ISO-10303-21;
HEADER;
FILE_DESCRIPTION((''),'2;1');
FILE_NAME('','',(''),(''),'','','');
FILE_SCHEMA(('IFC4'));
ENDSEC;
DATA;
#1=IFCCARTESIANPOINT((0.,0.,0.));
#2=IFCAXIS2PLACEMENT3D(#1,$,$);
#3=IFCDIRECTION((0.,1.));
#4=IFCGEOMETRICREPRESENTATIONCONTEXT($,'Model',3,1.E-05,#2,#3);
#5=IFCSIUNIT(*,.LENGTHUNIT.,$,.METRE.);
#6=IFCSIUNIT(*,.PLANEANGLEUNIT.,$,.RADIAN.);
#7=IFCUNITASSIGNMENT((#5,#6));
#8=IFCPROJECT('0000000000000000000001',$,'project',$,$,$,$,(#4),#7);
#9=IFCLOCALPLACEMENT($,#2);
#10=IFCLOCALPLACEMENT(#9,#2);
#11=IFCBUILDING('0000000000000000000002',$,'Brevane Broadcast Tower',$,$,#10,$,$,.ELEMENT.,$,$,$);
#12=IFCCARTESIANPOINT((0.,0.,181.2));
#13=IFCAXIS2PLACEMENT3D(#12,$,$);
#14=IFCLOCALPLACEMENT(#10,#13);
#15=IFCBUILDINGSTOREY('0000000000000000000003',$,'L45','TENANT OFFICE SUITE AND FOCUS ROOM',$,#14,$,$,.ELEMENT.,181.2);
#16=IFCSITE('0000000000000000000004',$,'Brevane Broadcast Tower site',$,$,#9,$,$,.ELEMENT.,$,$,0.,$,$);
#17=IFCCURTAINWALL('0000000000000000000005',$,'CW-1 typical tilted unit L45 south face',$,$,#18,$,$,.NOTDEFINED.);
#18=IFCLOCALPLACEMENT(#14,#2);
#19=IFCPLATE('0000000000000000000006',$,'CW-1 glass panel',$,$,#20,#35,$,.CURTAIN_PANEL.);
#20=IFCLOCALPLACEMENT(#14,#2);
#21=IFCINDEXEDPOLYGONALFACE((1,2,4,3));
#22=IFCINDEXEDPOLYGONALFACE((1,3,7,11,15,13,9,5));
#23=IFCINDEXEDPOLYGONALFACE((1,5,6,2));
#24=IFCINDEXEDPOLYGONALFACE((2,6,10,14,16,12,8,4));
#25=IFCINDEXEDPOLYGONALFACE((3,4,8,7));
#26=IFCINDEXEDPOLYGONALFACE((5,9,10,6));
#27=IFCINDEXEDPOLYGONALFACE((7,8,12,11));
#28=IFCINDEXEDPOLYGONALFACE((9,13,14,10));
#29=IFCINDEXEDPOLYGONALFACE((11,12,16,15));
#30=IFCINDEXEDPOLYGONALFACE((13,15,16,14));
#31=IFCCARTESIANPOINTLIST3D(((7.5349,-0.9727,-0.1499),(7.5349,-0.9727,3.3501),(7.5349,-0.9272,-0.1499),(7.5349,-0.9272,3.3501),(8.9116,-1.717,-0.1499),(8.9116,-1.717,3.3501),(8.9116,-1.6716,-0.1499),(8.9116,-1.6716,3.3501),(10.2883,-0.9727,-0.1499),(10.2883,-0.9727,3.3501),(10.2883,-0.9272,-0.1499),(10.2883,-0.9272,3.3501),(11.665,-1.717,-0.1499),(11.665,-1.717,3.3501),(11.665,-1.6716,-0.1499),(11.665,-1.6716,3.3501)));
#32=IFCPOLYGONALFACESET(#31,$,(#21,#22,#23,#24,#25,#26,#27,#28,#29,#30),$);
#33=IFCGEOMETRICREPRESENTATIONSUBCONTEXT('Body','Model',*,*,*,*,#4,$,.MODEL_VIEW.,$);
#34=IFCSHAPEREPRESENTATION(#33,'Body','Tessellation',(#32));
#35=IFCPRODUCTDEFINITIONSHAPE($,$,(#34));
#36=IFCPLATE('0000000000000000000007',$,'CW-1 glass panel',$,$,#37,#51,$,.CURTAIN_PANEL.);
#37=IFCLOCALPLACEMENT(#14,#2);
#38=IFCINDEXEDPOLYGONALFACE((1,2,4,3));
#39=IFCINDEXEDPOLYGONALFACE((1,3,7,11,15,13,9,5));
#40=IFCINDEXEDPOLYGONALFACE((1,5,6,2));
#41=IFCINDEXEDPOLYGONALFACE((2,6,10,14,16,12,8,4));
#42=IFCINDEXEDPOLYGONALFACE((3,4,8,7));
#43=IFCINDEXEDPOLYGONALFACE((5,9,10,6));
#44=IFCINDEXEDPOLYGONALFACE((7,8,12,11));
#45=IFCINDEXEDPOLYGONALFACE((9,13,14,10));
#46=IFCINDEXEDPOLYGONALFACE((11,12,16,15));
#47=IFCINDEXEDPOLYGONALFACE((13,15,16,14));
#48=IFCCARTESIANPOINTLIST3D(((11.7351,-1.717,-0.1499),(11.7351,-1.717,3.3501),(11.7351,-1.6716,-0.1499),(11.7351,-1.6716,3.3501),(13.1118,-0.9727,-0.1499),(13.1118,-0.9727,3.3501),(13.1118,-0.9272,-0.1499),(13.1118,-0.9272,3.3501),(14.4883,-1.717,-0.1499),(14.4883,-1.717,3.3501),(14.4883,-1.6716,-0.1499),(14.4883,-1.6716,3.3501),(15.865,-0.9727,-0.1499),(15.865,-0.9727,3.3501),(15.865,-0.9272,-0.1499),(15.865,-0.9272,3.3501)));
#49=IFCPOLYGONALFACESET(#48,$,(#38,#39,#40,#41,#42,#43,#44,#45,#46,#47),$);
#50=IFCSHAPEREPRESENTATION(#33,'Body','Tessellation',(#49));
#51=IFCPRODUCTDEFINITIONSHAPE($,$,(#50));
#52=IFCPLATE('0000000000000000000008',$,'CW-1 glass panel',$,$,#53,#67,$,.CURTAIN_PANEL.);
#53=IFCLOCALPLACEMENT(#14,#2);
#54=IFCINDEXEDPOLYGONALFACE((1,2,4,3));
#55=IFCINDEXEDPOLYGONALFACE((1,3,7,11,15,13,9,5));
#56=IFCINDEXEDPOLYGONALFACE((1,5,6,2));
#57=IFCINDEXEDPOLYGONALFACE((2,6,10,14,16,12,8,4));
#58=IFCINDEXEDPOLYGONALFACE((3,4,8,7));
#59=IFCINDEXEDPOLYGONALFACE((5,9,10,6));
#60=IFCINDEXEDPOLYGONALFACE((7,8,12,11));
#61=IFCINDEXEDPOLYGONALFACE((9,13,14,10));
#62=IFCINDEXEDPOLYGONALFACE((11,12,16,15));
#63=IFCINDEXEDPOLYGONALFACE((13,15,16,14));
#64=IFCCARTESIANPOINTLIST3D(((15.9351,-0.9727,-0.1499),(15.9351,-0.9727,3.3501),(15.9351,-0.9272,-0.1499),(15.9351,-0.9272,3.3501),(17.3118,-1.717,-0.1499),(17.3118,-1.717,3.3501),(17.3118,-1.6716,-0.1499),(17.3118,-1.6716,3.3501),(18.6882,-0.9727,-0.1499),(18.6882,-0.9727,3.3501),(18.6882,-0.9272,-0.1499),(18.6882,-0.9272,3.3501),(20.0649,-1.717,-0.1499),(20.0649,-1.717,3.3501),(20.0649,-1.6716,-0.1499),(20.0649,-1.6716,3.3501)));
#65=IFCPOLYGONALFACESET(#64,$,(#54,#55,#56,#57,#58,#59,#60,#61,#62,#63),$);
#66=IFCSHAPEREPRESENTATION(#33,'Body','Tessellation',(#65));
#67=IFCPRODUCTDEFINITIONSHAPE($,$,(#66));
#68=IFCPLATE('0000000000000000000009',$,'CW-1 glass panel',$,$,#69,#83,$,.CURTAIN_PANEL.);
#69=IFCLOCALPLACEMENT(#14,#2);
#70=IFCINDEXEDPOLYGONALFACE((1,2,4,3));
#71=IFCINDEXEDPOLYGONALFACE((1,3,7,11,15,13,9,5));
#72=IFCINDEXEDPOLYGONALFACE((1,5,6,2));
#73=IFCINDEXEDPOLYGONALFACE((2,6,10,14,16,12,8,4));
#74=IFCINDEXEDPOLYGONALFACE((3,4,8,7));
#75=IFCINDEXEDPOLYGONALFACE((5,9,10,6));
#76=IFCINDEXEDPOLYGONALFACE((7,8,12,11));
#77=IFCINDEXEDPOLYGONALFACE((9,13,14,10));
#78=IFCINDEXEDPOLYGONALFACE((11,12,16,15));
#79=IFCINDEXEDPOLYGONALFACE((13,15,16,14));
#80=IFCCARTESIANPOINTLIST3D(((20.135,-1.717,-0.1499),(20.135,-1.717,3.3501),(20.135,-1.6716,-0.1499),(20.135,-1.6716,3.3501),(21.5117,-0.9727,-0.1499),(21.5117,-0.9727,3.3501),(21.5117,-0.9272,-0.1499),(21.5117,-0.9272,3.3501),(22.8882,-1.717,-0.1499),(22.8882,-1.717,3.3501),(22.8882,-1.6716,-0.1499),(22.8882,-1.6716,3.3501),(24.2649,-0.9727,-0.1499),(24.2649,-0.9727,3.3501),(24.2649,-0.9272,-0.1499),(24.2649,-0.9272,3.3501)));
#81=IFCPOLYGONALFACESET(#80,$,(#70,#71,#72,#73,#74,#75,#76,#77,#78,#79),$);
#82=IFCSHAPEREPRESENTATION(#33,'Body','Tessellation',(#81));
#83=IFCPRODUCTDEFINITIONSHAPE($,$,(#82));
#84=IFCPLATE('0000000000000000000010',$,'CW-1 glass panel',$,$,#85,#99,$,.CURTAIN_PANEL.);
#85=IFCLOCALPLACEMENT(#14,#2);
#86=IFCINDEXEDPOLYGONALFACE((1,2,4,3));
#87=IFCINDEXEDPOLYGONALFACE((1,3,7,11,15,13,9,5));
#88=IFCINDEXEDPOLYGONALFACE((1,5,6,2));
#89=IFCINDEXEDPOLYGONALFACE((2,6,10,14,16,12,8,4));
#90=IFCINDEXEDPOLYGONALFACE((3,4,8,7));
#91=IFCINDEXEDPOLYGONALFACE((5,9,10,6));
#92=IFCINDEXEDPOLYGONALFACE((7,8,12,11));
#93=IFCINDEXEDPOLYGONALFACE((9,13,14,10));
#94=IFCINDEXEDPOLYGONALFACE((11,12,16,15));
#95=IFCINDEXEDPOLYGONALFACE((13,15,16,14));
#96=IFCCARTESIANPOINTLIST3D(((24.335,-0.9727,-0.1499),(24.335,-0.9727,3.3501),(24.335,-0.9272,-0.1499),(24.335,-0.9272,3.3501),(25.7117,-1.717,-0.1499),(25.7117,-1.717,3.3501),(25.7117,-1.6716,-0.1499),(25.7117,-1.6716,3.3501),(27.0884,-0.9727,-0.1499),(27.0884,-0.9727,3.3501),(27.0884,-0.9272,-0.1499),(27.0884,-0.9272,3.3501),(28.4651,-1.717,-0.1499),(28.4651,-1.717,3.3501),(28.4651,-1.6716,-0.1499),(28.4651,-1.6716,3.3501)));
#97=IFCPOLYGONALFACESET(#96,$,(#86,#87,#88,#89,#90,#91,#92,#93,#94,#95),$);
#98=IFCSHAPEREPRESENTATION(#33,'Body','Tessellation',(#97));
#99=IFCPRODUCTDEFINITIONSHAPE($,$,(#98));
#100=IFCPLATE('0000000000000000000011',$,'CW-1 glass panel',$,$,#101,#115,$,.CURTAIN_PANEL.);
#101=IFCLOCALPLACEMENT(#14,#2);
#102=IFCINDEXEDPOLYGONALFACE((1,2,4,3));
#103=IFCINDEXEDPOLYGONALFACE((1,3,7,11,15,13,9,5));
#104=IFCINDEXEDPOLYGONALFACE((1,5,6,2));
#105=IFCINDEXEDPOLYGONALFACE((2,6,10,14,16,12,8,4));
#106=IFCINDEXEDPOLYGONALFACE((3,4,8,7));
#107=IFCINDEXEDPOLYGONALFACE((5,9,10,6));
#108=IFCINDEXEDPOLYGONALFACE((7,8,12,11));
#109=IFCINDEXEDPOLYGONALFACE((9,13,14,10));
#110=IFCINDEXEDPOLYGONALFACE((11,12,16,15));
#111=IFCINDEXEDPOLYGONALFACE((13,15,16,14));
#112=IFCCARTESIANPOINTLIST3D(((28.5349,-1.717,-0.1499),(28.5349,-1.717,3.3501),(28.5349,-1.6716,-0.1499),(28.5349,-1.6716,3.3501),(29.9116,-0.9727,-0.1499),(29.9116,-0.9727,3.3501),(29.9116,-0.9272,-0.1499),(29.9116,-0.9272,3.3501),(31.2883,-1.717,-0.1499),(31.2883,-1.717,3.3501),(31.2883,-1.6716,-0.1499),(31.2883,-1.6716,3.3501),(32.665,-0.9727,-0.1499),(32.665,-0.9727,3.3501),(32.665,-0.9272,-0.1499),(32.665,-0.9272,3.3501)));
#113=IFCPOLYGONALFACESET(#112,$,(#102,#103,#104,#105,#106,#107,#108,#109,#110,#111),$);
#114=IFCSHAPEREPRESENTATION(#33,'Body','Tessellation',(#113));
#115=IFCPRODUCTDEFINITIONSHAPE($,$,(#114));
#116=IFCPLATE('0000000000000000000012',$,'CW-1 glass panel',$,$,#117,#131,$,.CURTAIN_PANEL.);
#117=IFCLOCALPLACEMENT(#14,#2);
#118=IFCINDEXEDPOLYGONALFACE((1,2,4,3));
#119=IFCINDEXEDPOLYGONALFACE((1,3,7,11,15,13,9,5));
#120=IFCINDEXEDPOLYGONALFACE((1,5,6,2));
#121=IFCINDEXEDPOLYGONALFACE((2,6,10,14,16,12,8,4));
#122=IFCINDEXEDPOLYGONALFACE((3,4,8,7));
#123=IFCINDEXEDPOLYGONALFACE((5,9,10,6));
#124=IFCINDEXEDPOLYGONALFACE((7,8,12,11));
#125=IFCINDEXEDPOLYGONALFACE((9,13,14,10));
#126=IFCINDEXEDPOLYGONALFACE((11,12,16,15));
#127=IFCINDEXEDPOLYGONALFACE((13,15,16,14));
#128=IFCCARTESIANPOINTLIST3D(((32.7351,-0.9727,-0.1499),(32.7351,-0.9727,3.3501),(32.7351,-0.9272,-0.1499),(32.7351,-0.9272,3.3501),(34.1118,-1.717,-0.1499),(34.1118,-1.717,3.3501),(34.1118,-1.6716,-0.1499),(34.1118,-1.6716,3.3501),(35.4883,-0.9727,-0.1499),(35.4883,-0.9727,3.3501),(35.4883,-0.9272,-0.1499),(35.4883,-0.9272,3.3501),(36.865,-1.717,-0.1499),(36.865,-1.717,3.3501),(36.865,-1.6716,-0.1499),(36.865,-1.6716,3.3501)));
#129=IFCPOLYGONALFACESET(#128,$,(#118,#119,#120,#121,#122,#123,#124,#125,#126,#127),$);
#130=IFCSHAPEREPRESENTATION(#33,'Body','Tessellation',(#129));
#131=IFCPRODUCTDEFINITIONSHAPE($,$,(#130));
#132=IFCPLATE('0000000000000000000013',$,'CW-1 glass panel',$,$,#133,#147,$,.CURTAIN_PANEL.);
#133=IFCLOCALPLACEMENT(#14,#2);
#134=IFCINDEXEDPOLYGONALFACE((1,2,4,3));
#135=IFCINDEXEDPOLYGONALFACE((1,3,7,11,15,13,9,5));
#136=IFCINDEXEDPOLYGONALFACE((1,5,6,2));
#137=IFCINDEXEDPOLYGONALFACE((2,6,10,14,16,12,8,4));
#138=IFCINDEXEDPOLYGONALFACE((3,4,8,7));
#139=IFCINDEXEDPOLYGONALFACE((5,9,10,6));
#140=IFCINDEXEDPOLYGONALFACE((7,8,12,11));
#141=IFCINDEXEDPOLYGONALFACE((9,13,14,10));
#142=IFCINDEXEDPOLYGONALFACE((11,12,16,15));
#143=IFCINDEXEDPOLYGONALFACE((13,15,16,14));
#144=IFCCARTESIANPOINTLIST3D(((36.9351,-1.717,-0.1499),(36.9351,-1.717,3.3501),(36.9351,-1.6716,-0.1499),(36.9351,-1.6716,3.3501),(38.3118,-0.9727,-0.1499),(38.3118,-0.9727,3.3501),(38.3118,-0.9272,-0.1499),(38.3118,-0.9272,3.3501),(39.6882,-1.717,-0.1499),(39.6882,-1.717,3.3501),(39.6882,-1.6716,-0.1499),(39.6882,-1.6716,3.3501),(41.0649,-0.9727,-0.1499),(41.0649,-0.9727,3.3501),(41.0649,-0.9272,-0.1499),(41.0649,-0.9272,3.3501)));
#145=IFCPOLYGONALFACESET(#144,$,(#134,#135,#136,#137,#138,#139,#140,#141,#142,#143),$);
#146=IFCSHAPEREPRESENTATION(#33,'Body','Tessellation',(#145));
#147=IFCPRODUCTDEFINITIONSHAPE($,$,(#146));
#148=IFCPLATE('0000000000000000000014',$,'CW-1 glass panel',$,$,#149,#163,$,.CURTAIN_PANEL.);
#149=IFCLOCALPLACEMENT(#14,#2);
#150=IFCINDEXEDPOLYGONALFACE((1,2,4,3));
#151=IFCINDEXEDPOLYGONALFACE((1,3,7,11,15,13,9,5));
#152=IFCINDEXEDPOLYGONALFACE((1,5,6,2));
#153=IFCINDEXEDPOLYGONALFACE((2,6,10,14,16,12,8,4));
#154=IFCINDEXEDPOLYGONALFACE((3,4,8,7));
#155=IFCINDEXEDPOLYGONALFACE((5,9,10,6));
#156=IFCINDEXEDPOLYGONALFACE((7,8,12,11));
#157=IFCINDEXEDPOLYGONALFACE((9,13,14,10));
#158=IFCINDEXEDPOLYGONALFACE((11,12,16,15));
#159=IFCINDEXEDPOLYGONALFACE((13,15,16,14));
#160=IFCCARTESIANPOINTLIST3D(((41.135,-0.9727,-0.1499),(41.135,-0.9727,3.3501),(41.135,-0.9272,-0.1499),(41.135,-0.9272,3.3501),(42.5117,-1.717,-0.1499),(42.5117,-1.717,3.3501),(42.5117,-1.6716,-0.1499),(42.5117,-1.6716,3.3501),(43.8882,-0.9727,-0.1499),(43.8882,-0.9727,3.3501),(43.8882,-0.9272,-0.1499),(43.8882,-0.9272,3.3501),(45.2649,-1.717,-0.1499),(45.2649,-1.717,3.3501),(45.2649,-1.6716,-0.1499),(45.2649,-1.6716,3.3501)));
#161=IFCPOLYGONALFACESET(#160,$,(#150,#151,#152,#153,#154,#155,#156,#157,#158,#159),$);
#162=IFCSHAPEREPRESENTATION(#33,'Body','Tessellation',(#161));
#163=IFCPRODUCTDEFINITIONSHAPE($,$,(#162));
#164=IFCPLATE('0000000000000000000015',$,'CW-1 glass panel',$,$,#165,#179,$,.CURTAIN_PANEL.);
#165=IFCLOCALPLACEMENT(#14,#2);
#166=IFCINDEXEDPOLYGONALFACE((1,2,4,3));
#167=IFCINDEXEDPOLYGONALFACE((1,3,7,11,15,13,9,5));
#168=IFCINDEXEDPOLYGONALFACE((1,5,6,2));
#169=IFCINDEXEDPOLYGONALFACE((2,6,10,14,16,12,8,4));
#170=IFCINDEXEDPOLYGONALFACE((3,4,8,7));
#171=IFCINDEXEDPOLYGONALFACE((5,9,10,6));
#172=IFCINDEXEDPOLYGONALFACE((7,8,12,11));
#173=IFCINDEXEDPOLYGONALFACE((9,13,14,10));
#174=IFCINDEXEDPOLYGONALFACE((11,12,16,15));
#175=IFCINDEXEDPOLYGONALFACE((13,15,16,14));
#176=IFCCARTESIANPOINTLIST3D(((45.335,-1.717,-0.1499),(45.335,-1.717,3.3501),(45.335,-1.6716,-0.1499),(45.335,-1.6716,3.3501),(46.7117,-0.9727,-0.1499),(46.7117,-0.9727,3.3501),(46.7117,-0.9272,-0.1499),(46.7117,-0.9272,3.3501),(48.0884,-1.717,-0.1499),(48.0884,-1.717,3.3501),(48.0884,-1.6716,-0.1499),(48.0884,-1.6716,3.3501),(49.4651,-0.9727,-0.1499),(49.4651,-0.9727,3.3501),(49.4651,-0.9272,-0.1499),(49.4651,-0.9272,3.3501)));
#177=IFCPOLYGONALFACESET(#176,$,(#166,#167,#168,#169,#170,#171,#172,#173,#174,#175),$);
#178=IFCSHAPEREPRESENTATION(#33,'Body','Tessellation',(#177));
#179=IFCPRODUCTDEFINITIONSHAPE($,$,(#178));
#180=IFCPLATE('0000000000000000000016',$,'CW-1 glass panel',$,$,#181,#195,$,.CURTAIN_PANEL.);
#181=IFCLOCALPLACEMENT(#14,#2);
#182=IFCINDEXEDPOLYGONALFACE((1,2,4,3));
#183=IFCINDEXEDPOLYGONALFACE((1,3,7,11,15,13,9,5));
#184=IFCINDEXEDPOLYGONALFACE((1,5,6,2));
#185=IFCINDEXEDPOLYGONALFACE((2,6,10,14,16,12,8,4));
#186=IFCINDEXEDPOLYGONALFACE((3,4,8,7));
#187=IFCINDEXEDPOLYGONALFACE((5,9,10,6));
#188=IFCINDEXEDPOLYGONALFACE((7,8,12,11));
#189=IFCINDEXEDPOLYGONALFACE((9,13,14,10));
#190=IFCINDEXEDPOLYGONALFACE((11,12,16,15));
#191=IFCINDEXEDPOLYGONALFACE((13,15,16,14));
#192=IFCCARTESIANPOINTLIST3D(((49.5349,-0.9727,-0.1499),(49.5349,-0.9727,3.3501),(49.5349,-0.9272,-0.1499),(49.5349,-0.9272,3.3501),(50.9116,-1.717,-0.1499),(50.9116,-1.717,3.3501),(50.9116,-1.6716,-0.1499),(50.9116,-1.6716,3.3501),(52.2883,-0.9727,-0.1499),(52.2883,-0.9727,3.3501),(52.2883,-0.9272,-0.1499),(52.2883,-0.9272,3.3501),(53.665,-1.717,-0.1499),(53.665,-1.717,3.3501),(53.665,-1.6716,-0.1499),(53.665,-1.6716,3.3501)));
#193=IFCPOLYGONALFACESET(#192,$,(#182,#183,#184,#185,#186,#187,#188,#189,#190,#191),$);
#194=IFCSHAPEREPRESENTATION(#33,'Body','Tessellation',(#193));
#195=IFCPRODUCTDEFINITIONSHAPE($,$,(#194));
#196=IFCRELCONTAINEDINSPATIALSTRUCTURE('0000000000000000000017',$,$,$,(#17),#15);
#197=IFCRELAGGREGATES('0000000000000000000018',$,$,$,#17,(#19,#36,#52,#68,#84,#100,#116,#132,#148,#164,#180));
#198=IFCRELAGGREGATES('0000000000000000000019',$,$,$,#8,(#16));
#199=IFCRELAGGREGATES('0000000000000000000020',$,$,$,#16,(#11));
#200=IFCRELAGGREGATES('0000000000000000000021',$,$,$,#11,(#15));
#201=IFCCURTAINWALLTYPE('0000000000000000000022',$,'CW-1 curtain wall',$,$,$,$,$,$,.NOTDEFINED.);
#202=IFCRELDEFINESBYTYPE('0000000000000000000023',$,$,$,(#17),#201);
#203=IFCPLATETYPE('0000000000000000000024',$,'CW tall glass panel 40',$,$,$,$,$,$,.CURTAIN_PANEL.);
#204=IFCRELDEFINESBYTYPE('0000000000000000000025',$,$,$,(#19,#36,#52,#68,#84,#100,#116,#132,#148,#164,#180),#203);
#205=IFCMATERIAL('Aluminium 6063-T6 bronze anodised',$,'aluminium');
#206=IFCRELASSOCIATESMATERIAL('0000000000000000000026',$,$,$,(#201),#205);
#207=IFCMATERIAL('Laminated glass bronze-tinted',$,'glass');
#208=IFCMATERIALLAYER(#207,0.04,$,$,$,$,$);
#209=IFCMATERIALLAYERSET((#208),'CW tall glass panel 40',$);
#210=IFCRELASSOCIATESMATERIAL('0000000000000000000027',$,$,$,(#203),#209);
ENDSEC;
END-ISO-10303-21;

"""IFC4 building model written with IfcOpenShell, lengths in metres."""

from ifc_helpers import new_model, si_unit, direction, frame, origin, place, context, subcontext, project, spatial, polyline, outline, extrude, material, layer, layer_set, type_object, element, aggregate, save


model = new_model("IFC4")

# Units and contexts
model_context = context("Model", 3, precision=1e-05, world=origin(), true_north=direction((0.0, 1.0)))
body_context = subcontext(model_context, "Body", "Model", "MODEL_VIEW")
ifc_project = project(units=[si_unit("LENGTHUNIT", "METRE"), si_unit("PLANEANGLEUNIT", "RADIAN")], contexts=[model_context])

# Site, building, storey
site_placement = place(None, origin())
site = spatial("IfcSite", under=ifc_project, at=site_placement, Name="Brevane Broadcast Tower site", CompositionType="ELEMENT", RefElevation=0.0)
building_placement = place(site_placement, origin())
building = spatial("IfcBuilding", under=site, at=building_placement, Name="Brevane Broadcast Tower", CompositionType="ELEMENT")
storey_placement = place(building_placement, frame((0.0, 0.0, 181.2)))
storey = spatial("IfcBuildingStorey", under=building, at=storey_placement, Name="L45", Description="TENANT OFFICE SUITE AND FOCUS ROOM", CompositionType="ELEMENT", Elevation=181.2)

# Curtain wall, plates
ifc_material_1 = material(Name="Aluminium 6063-T6 bronze anodised", Category="aluminium")
curtain_wall_type = type_object("IfcCurtainWallType", Name="CW-1 curtain wall", PredefinedType="NOTDEFINED", material=ifc_material_1)
curtain_wall_1_placement = place(storey_placement, origin())
curtain_wall_1 = element("IfcCurtainWall", 1, at=curtain_wall_1_placement, inside=storey, type_object=curtain_wall_type, Name="CW-1 typical tilted unit L45 south face", PredefinedType="NOTDEFINED")
ifc_material_2 = material(Name="Laminated glass bronze-tinted", Category="glass")
ifc_layer = layer(ifc_material_2, 0.04)
ifc_layer_set = layer_set([ifc_layer], Name="CW tall glass panel 40")
plate_type = type_object("IfcPlateType", Name="CW tall glass panel 40", PredefinedType="CURTAIN_PANEL", material=ifc_layer_set)
plate_1_placement = place(storey_placement, frame((0.0, 0.0, -0.1499)))
plate_1 = element("IfcPlate", 2, at=plate_1_placement, type_object=plate_type, Name="CW-1 glass panel", PredefinedType="CURTAIN_PANEL", context=body_context, shape_type="SweptSolid", body=[
    extrude(outline(polyline([(7.5349, -0.9272), (7.5349, -0.9727), (8.9116, -1.717), (10.2883, -0.9727), (11.665, -1.717), (11.665, -1.6716), (10.2883, -0.9272), (8.9116, -1.6716), (7.5349, -0.9272)])), origin(), (0.0, 0.0, 1.0), 3.5),
])
plate_2_placement = place(storey_placement, frame((0.0, 0.0, -0.1499)))
plate_2 = element("IfcPlate", 3, at=plate_2_placement, type_object=plate_type, Name="CW-1 glass panel", PredefinedType="CURTAIN_PANEL", context=body_context, shape_type="SweptSolid", body=[
    extrude(outline(polyline([(11.7351, -1.6716), (11.7351, -1.717), (13.1118, -0.9727), (14.4883, -1.717), (15.865, -0.9727), (15.865, -0.9272), (14.4883, -1.6716), (13.1118, -0.9272), (11.7351, -1.6716)])), origin(), (0.0, 0.0, 1.0), 3.5),
])
plate_3_placement = place(storey_placement, frame((0.0, 0.0, -0.1499)))
plate_3 = element("IfcPlate", 4, at=plate_3_placement, type_object=plate_type, Name="CW-1 glass panel", PredefinedType="CURTAIN_PANEL", context=body_context, shape_type="SweptSolid", body=[
    extrude(outline(polyline([(15.9351, -0.9272), (15.9351, -0.9727), (17.3118, -1.717), (18.6882, -0.9727), (20.0649, -1.717), (20.0649, -1.6716), (18.6882, -0.9272), (17.3118, -1.6716), (15.9351, -0.9272)])), origin(), (0.0, 0.0, 1.0), 3.5),
])
plate_4_placement = place(storey_placement, frame((0.0, 0.0, -0.1499)))
plate_4 = element("IfcPlate", 5, at=plate_4_placement, type_object=plate_type, Name="CW-1 glass panel", PredefinedType="CURTAIN_PANEL", context=body_context, shape_type="SweptSolid", body=[
    extrude(outline(polyline([(20.135, -1.6716), (20.135, -1.717), (21.5117, -0.9727), (22.8882, -1.717), (24.2649, -0.9727), (24.2649, -0.9272), (22.8882, -1.6716), (21.5117, -0.9272), (20.135, -1.6716)])), origin(), (0.0, 0.0, 1.0), 3.5),
])
plate_5_placement = place(storey_placement, frame((0.0, 0.0, -0.1499)))
plate_5 = element("IfcPlate", 6, at=plate_5_placement, type_object=plate_type, Name="CW-1 glass panel", PredefinedType="CURTAIN_PANEL", context=body_context, shape_type="SweptSolid", body=[
    extrude(outline(polyline([(24.335, -0.9272), (24.335, -0.9727), (25.7117, -1.717), (27.0884, -0.9727), (28.4651, -1.717), (28.4651, -1.6716), (27.0884, -0.9272), (25.7117, -1.6716), (24.335, -0.9272)])), origin(), (0.0, 0.0, 1.0), 3.5),
])
plate_6_placement = place(storey_placement, frame((0.0, 0.0, -0.1499)))
plate_6 = element("IfcPlate", 7, at=plate_6_placement, type_object=plate_type, Name="CW-1 glass panel", PredefinedType="CURTAIN_PANEL", context=body_context, shape_type="SweptSolid", body=[
    extrude(outline(polyline([(28.5349, -1.6716), (28.5349, -1.717), (29.9116, -0.9727), (31.2883, -1.717), (32.665, -0.9727), (32.665, -0.9272), (31.2883, -1.6716), (29.9116, -0.9272), (28.5349, -1.6716)])), origin(), (0.0, 0.0, 1.0), 3.5),
])
plate_7_placement = place(storey_placement, frame((0.0, 0.0, -0.1499)))
plate_7 = element("IfcPlate", 8, at=plate_7_placement, type_object=plate_type, Name="CW-1 glass panel", PredefinedType="CURTAIN_PANEL", context=body_context, shape_type="SweptSolid", body=[
    extrude(outline(polyline([(32.7351, -0.9272), (32.7351, -0.9727), (34.1118, -1.717), (35.4883, -0.9727), (36.865, -1.717), (36.865, -1.6716), (35.4883, -0.9272), (34.1118, -1.6716), (32.7351, -0.9272)])), origin(), (0.0, 0.0, 1.0), 3.5),
])
plate_8_placement = place(storey_placement, frame((0.0, 0.0, -0.1499)))
plate_8 = element("IfcPlate", 9, at=plate_8_placement, type_object=plate_type, Name="CW-1 glass panel", PredefinedType="CURTAIN_PANEL", context=body_context, shape_type="SweptSolid", body=[
    extrude(outline(polyline([(36.9351, -1.6716), (36.9351, -1.717), (38.3118, -0.9727), (39.6882, -1.717), (41.0649, -0.9727), (41.0649, -0.9272), (39.6882, -1.6716), (38.3118, -0.9272), (36.9351, -1.6716)])), origin(), (0.0, 0.0, 1.0), 3.5),
])
plate_9_placement = place(storey_placement, frame((0.0, 0.0, -0.1499)))
plate_9 = element("IfcPlate", 10, at=plate_9_placement, type_object=plate_type, Name="CW-1 glass panel", PredefinedType="CURTAIN_PANEL", context=body_context, shape_type="SweptSolid", body=[
    extrude(outline(polyline([(41.135, -0.9272), (41.135, -0.9727), (42.5117, -1.717), (43.8882, -0.9727), (45.2649, -1.717), (45.2649, -1.6716), (43.8882, -0.9272), (42.5117, -1.6716), (41.135, -0.9272)])), origin(), (0.0, 0.0, 1.0), 3.5),
])
plate_10_placement = place(storey_placement, frame((0.0, 0.0, -0.1499)))
plate_10 = element("IfcPlate", 11, at=plate_10_placement, type_object=plate_type, Name="CW-1 glass panel", PredefinedType="CURTAIN_PANEL", context=body_context, shape_type="SweptSolid", body=[
    extrude(outline(polyline([(45.335, -1.6716), (45.335, -1.717), (46.7117, -0.9727), (48.0884, -1.717), (49.4651, -0.9727), (49.4651, -0.9272), (48.0884, -1.6716), (46.7117, -0.9272), (45.335, -1.6716)])), origin(), (0.0, 0.0, 1.0), 3.5),
])
plate_11_placement = place(storey_placement, frame((0.0, 0.0, -0.1499)))
plate_11 = element("IfcPlate", 12, at=plate_11_placement, type_object=plate_type, Name="CW-1 glass panel", PredefinedType="CURTAIN_PANEL", context=body_context, shape_type="SweptSolid", body=[
    extrude(outline(polyline([(49.5349, -0.9272), (49.5349, -0.9727), (50.9116, -1.717), (52.2883, -0.9727), (53.665, -1.717), (53.665, -1.6716), (52.2883, -0.9272), (50.9116, -1.6716), (49.5349, -0.9272)])), origin(), (0.0, 0.0, 1.0), 3.5),
])
aggregate(curtain_wall_1, [plate_1, plate_2, plate_3, plate_4, plate_5, plate_6, plate_7, plate_8, plate_9, plate_10, plate_11])

save(model, "model.ifc")
